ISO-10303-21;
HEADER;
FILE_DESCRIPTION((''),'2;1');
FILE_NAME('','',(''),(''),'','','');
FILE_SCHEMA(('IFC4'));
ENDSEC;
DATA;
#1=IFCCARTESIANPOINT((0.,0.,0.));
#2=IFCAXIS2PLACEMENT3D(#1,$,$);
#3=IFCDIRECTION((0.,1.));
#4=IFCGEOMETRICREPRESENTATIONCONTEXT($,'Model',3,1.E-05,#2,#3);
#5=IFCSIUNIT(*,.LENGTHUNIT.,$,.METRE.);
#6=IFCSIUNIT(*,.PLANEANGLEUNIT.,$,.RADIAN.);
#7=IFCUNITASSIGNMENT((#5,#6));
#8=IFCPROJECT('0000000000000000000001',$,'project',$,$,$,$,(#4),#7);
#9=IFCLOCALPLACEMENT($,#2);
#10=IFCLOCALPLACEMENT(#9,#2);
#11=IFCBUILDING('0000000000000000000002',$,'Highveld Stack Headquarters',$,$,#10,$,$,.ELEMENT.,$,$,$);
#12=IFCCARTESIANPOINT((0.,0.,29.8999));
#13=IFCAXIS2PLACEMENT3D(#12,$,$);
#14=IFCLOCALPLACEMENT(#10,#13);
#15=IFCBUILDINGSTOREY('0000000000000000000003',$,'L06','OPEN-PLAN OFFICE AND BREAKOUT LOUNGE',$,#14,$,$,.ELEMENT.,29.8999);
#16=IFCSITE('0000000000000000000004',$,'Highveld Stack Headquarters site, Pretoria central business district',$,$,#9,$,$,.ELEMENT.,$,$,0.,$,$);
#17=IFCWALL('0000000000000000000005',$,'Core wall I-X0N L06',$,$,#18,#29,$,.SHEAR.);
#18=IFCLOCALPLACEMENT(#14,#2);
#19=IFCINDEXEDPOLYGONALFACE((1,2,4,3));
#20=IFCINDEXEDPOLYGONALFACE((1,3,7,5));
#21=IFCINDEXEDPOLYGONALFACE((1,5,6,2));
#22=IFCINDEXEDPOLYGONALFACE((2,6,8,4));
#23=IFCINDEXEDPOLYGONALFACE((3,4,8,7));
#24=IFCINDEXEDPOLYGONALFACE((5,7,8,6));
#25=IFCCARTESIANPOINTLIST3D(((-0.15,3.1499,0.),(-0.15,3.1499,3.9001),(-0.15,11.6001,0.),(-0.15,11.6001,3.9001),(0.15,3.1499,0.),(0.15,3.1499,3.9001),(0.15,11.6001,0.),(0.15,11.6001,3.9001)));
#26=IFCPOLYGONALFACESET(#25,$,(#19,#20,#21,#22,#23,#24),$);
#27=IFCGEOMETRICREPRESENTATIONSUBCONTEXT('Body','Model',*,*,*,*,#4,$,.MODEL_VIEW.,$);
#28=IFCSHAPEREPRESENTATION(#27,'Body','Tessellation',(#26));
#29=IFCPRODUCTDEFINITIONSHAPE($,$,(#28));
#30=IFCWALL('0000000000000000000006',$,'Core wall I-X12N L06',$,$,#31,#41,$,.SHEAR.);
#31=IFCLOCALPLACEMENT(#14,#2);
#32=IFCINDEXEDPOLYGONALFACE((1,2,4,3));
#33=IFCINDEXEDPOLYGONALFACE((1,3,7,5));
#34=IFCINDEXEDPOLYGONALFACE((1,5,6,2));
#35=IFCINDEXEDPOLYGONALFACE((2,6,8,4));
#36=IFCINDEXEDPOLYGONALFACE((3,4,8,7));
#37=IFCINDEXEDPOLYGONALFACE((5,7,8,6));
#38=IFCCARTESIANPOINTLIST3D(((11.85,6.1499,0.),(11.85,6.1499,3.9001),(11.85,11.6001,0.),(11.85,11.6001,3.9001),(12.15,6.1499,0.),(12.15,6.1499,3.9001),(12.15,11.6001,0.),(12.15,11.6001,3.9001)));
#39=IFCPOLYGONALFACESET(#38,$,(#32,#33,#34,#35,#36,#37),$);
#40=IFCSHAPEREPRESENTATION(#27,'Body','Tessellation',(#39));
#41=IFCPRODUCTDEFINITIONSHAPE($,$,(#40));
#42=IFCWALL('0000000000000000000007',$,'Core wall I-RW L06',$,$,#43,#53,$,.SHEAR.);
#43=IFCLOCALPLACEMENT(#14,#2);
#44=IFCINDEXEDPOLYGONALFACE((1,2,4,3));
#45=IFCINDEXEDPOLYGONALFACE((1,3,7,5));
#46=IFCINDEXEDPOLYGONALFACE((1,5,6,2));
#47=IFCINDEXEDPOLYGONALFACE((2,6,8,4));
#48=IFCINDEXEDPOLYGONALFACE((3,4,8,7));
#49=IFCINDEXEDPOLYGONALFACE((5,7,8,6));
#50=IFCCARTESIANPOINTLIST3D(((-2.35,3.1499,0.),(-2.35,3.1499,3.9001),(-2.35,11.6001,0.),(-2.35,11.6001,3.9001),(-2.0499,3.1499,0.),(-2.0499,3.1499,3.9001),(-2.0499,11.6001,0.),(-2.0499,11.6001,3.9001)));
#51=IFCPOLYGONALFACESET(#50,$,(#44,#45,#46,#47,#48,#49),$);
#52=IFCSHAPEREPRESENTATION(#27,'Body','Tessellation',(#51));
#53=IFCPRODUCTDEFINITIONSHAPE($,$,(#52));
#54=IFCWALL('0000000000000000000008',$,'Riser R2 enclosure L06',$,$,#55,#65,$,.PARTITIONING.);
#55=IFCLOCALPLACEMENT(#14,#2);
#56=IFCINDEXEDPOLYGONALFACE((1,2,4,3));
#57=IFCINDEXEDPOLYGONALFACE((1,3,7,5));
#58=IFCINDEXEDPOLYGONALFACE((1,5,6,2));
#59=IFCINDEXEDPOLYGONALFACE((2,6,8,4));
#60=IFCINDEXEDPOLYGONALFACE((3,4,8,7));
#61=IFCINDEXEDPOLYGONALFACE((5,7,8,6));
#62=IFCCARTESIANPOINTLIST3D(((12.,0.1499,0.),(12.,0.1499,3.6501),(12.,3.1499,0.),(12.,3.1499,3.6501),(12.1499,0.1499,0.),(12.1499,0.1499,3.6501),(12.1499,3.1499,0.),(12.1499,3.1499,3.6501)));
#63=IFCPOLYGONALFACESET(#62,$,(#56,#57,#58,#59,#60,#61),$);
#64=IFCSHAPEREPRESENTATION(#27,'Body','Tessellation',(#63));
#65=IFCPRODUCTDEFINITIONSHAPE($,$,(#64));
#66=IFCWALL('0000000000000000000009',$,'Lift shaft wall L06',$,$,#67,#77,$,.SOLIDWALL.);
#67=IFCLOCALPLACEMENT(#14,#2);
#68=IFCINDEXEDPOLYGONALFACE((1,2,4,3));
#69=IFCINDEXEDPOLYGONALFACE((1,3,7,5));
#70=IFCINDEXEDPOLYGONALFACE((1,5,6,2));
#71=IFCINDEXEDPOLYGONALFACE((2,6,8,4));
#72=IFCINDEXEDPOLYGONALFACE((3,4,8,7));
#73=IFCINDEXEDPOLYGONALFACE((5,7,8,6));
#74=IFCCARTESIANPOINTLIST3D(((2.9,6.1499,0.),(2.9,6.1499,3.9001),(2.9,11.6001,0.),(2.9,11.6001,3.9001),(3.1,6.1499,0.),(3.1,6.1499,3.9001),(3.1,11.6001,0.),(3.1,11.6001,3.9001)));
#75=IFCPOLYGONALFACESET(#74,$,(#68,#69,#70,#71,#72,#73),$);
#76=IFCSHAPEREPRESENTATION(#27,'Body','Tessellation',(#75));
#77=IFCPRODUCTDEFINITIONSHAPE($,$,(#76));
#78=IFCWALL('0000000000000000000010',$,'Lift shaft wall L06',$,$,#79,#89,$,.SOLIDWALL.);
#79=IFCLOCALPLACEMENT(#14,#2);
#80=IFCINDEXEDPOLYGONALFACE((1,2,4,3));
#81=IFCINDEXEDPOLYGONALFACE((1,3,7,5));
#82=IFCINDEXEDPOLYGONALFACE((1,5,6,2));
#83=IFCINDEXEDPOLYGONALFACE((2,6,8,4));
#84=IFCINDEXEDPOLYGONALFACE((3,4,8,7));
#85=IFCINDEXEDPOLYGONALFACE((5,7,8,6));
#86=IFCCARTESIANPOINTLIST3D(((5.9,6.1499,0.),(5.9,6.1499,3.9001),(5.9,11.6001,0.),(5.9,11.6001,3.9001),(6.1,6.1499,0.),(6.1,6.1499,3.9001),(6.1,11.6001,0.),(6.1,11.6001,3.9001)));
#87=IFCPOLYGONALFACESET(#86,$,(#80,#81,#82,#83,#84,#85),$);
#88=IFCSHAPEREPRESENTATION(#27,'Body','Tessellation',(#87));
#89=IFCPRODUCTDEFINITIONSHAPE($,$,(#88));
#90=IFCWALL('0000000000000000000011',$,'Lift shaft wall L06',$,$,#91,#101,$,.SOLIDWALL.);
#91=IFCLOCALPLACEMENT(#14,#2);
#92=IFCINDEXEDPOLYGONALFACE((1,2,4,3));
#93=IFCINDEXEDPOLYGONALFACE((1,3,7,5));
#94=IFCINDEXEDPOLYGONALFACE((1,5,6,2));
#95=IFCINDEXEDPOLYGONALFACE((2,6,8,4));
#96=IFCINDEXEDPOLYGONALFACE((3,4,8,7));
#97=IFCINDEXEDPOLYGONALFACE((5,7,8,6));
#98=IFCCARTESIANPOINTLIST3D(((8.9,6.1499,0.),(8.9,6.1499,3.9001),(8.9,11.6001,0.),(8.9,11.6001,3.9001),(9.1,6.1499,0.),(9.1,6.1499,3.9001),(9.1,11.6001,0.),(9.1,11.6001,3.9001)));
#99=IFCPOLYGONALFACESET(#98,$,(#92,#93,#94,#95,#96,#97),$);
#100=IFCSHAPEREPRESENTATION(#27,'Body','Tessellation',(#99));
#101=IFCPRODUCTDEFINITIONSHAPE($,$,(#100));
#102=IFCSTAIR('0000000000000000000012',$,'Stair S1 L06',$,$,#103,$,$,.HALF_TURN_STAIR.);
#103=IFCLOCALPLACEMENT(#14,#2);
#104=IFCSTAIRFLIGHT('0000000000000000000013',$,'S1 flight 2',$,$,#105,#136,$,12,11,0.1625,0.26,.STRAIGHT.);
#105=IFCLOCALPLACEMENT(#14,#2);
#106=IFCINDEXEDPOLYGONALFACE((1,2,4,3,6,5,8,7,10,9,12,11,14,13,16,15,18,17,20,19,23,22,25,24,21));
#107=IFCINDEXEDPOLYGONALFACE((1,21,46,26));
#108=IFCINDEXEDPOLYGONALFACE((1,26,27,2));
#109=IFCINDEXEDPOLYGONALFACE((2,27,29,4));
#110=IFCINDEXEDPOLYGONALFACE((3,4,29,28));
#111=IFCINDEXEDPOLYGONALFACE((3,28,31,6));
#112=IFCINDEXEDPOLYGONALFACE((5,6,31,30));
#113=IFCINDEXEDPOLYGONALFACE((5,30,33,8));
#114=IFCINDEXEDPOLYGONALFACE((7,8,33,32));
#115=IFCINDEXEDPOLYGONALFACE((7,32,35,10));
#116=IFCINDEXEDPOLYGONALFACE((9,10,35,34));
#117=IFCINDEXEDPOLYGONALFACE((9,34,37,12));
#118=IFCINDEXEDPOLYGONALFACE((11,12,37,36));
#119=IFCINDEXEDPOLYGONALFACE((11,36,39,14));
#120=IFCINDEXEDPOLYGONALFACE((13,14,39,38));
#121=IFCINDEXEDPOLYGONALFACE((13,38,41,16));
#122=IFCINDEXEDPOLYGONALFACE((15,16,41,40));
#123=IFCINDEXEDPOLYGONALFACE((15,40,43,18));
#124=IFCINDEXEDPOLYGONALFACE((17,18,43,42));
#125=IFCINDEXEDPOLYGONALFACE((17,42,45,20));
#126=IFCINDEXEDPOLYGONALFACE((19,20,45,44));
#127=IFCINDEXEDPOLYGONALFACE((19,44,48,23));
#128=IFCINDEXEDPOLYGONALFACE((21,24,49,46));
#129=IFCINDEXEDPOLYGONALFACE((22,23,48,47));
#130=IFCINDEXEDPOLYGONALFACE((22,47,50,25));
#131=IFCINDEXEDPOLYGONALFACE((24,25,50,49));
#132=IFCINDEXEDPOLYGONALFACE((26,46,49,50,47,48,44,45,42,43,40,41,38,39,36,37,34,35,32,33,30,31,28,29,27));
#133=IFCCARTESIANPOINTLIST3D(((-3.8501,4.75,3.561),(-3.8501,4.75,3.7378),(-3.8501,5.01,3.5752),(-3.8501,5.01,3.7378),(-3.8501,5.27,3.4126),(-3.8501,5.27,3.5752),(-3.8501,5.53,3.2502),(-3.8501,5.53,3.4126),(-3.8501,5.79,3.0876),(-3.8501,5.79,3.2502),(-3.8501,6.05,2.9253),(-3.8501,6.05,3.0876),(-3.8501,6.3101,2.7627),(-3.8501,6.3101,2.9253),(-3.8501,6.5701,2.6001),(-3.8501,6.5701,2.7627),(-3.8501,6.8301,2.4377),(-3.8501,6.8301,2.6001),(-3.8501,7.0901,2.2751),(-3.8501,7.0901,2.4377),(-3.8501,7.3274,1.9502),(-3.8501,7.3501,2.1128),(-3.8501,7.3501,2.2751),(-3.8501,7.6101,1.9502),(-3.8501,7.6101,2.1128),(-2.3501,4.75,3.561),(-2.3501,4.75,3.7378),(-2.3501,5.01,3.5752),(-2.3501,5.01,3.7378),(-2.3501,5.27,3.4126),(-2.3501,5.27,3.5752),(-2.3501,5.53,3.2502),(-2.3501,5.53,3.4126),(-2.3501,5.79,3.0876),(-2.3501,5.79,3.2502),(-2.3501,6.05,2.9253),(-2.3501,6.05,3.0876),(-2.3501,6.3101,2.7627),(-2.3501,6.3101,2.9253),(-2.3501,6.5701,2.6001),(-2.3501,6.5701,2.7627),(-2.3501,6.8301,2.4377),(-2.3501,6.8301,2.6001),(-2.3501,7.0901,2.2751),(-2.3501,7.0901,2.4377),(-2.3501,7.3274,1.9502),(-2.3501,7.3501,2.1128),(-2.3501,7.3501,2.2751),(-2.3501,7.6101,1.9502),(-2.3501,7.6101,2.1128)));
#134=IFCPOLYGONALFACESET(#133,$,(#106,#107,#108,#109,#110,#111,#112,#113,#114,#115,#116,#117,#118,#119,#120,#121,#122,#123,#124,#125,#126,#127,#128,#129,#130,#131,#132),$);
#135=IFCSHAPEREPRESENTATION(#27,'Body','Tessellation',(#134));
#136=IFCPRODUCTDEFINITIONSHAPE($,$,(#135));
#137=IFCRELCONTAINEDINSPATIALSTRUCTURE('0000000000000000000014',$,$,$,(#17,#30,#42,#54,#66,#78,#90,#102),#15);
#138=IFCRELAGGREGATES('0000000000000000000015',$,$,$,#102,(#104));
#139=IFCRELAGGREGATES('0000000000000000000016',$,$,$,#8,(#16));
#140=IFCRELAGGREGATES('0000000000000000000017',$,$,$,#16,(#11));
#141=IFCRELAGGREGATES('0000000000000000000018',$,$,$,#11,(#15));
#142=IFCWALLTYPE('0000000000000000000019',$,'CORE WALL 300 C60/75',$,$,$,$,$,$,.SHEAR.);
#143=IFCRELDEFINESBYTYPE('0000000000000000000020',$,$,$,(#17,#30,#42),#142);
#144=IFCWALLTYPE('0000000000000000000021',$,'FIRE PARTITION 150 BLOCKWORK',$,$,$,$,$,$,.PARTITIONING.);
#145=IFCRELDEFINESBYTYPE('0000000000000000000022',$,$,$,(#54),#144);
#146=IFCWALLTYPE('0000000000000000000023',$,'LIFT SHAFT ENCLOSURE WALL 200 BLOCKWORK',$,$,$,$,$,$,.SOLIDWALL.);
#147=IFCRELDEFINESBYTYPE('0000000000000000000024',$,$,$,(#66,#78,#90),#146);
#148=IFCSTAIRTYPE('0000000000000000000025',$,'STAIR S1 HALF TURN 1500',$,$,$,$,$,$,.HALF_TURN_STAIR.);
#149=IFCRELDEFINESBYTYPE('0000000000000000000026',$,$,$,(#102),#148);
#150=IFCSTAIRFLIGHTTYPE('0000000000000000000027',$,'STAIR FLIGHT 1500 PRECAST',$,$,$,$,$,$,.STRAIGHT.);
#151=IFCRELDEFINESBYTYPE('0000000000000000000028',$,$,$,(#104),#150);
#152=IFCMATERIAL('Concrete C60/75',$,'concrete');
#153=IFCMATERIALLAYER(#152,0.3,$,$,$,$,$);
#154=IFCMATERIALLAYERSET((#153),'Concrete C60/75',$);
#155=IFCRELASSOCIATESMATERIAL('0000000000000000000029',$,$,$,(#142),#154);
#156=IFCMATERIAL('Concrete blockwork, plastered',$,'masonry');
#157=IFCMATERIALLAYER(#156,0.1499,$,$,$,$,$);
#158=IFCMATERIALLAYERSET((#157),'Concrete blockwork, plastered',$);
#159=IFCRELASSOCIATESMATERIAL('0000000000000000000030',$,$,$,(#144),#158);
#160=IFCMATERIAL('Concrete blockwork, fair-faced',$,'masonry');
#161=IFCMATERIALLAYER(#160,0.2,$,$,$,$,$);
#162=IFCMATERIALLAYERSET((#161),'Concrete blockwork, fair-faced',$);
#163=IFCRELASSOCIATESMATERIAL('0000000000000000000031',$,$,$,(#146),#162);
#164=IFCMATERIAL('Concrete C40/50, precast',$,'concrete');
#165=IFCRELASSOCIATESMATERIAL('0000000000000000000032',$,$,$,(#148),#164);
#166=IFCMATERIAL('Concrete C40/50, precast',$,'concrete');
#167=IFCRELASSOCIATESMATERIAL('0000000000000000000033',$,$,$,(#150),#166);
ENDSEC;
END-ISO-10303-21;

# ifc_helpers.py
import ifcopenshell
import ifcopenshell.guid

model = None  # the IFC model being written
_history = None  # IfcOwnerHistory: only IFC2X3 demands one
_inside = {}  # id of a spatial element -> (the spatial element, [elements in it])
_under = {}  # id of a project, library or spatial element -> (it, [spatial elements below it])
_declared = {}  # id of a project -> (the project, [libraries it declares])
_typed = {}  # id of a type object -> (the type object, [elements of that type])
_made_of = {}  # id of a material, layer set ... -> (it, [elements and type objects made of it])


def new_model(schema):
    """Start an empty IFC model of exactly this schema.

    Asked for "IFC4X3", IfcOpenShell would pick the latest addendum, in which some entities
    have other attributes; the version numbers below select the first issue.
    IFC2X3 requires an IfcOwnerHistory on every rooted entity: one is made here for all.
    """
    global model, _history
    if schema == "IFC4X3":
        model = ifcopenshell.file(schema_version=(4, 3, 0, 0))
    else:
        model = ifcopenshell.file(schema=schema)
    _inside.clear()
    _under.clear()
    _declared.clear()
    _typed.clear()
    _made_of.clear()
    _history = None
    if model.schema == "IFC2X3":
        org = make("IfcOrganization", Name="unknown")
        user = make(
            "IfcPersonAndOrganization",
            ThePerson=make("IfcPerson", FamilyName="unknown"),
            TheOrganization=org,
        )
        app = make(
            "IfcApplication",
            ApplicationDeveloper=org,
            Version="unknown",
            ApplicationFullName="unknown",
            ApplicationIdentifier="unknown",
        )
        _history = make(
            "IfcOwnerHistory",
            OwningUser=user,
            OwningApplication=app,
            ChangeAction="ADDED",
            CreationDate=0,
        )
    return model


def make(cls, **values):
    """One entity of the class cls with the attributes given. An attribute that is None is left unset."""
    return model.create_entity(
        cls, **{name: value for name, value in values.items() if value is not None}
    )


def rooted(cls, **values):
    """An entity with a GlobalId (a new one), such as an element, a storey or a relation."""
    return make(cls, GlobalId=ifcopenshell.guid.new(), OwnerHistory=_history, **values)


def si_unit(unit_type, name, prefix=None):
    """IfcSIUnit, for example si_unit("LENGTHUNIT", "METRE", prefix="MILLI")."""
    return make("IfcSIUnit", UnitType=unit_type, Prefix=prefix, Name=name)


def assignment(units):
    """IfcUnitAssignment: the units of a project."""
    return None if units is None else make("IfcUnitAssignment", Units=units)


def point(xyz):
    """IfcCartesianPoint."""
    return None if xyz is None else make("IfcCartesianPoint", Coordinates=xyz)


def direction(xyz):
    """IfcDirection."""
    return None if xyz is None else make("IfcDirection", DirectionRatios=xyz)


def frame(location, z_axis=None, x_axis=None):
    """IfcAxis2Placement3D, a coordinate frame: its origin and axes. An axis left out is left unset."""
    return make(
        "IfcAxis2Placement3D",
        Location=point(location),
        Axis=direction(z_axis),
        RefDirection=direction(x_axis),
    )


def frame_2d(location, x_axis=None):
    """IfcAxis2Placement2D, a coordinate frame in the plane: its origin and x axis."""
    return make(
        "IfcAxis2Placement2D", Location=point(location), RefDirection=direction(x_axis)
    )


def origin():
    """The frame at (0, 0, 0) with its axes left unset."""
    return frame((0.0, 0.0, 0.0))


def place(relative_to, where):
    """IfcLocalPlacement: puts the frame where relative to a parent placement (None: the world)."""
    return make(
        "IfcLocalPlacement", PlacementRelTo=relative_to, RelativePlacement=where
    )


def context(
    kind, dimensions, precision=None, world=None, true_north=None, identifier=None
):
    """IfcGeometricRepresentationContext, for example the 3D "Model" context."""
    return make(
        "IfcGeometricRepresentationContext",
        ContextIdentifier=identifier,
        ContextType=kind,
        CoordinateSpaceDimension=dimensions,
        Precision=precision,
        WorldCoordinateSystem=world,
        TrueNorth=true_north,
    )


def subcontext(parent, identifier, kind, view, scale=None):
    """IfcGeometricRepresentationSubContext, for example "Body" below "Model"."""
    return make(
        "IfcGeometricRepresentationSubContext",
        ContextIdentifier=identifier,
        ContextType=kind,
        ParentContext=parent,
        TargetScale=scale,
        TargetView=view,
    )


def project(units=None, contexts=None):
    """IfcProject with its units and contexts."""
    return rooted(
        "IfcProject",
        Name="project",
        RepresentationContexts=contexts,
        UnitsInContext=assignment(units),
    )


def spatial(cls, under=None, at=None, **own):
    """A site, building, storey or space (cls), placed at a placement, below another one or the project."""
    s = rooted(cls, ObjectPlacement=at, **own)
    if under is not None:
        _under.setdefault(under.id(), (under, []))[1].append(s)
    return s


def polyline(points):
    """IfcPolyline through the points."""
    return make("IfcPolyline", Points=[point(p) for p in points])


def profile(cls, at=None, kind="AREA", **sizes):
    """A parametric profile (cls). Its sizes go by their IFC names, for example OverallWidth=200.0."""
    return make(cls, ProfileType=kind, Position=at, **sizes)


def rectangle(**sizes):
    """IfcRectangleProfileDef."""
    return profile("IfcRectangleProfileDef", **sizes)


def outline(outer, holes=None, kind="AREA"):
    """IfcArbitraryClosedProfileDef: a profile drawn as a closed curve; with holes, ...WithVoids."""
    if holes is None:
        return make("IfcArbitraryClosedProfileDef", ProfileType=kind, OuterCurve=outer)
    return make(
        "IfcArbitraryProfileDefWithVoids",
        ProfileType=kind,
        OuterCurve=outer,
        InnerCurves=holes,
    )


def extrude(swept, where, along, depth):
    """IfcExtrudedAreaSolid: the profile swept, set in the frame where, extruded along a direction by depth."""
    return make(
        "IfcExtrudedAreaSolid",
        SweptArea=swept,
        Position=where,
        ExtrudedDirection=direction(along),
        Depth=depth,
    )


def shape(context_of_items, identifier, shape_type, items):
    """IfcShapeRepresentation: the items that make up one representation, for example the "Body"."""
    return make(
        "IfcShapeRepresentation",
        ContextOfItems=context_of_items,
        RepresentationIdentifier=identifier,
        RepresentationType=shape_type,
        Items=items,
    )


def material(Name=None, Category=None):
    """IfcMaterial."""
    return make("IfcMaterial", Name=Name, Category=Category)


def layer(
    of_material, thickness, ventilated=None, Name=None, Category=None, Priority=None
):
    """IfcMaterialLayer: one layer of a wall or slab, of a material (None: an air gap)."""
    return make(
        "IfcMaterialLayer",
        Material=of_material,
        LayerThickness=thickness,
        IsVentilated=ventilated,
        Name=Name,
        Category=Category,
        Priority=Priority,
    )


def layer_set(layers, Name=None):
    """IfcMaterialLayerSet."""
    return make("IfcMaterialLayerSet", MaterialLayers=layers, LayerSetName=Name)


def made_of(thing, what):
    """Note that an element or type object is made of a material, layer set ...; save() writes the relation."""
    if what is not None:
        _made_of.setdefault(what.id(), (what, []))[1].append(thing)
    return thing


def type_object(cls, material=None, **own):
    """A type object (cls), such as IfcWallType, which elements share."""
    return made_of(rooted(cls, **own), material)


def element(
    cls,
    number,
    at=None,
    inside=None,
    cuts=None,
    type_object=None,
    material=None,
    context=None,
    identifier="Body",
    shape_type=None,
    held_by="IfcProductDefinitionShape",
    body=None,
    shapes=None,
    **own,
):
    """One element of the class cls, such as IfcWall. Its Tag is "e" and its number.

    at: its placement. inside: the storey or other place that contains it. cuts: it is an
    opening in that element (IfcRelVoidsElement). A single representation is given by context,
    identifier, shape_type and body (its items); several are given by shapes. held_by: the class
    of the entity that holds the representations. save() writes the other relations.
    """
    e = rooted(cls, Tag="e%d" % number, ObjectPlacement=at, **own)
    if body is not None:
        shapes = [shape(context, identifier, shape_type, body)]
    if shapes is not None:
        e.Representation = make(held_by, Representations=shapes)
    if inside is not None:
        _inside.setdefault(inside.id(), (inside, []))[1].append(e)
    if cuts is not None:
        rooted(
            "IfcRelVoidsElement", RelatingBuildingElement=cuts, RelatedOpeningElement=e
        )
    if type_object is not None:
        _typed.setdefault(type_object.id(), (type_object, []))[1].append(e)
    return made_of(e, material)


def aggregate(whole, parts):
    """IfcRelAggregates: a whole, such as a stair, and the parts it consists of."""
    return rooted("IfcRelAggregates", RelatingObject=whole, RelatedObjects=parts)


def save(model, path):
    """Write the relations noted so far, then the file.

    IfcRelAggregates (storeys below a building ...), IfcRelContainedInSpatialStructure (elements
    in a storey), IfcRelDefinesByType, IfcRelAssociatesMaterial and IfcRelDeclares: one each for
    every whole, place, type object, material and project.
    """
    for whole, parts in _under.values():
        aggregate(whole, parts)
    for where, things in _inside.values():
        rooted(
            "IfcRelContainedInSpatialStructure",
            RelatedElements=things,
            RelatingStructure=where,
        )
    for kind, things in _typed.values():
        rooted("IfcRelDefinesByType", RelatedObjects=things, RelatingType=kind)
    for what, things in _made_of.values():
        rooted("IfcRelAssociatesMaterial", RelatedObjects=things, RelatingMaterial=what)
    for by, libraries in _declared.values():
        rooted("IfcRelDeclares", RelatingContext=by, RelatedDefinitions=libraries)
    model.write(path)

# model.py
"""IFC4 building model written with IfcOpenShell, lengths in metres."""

from ifc_helpers import new_model, si_unit, direction, frame, frame_2d, origin, place, context, subcontext, project, spatial, polyline, rectangle, outline, extrude, material, layer, layer_set, type_object, element, aggregate, save


model = new_model("IFC4")

# Units and contexts
model_context = context("Model", 3, precision=1e-05, world=origin(), true_north=direction((0.0, 1.0)))
body_context = subcontext(model_context, "Body", "Model", "MODEL_VIEW")
ifc_project = project(units=[si_unit("LENGTHUNIT", "METRE"), si_unit("PLANEANGLEUNIT", "RADIAN")], contexts=[model_context])

# Site, building, storey
site_placement = place(None, origin())
site = spatial("IfcSite", under=ifc_project, at=site_placement, Name="Highveld Stack Headquarters site, Pretoria central business district", CompositionType="ELEMENT", RefElevation=0.0)
building_placement = place(site_placement, origin())
building = spatial("IfcBuilding", under=site, at=building_placement, Name="Highveld Stack Headquarters", CompositionType="ELEMENT")
storey_placement = place(building_placement, frame((0.0, 0.0, 29.8999)))
storey = spatial("IfcBuildingStorey", under=building, at=storey_placement, Name="L06", Description="OPEN-PLAN OFFICE AND BREAKOUT LOUNGE", CompositionType="ELEMENT", Elevation=29.8999)

# Shared definitions
ifc_material_1 = material(Name="Concrete C60/75", Category="concrete")
ifc_layer_1 = layer(ifc_material_1, 0.3)
ifc_layer_set_1 = layer_set([ifc_layer_1], Name="Concrete C60/75")
wall_type_1 = type_object("IfcWallType", Name="CORE WALL 300 C60/75", PredefinedType="SHEAR", material=ifc_layer_set_1)

# Walls
wall_1_placement = place(storey_placement, frame((0.0, 3.1499, 0.0), z_axis=(0.0, 0.0, 1.0), x_axis=(0.0, 1.0, 0.0)))
element("IfcWall", 1, at=wall_1_placement, inside=storey, type_object=wall_type_1, Name="Core wall I-X0N L06", PredefinedType="SHEAR", context=body_context, shape_type="SweptSolid", body=[
    extrude(rectangle(XDim=8.4502, YDim=0.3, at=frame_2d((4.2251, 0.0))), origin(), (0.0, 0.0, 1.0), 3.9001),
])
wall_2_placement = place(storey_placement, frame((12.0, 6.1499, 0.0), z_axis=(0.0, 0.0, 1.0), x_axis=(0.0, 1.0, 0.0)))
element("IfcWall", 2, at=wall_2_placement, inside=storey, type_object=wall_type_1, Name="Core wall I-X12N L06", PredefinedType="SHEAR", context=body_context, shape_type="SweptSolid", body=[
    extrude(rectangle(XDim=5.4502, YDim=0.3, at=frame_2d((2.7251, 0.0))), origin(), (0.0, 0.0, 1.0), 3.9001),
])
wall_3_placement = place(storey_placement, frame((-2.2, 3.1499, 0.0), z_axis=(0.0, 0.0, 1.0), x_axis=(0.0, 1.0, 0.0)))
element("IfcWall", 3, at=wall_3_placement, inside=storey, type_object=wall_type_1, Name="Core wall I-RW L06", PredefinedType="SHEAR", context=body_context, shape_type="SweptSolid", body=[
    extrude(rectangle(XDim=8.4502, YDim=0.3, at=frame_2d((4.2251, 0.0))), origin(), (0.0, 0.0, 1.0), 3.9001),
])
ifc_material_2 = material(Name="Concrete blockwork, plastered", Category="masonry")
ifc_layer_2 = layer(ifc_material_2, 0.1499)
ifc_layer_set_2 = layer_set([ifc_layer_2], Name="Concrete blockwork, plastered")
wall_type_2 = type_object("IfcWallType", Name="FIRE PARTITION 150 BLOCKWORK", PredefinedType="PARTITIONING", material=ifc_layer_set_2)
wall_4_placement = place(storey_placement, frame((12.075, 0.1499, 0.0), z_axis=(0.0, 0.0, 1.0), x_axis=(0.0, 1.0, 0.0)))
element("IfcWall", 4, at=wall_4_placement, inside=storey, type_object=wall_type_2, Name="Riser R2 enclosure L06", PredefinedType="PARTITIONING", context=body_context, shape_type="SweptSolid", body=[
    extrude(rectangle(XDim=3.0, YDim=0.1499, at=frame_2d((1.5, 0.0))), origin(), (0.0, 0.0, 1.0), 3.6501),
])
ifc_material_3 = material(Name="Concrete blockwork, fair-faced", Category="masonry")
ifc_layer_3 = layer(ifc_material_3, 0.2)
ifc_layer_set_3 = layer_set([ifc_layer_3], Name="Concrete blockwork, fair-faced")
wall_type_3 = type_object("IfcWallType", Name="LIFT SHAFT ENCLOSURE WALL 200 BLOCKWORK", PredefinedType="SOLIDWALL", material=ifc_layer_set_3)
for number, where, z_axis, x_axis, name in (
    (5, (3.0, 6.1499, 0.0), (0.0, 0.0, 1.0), (0.0, 1.0, 0.0), "Lift shaft wall L06"),
    (6, (6.0, 6.1499, 0.0), (0.0, 0.0, 1.0), (0.0, 1.0, 0.0), "Lift shaft wall L06"),
    (7, (9.0, 6.1499, 0.0), (0.0, 0.0, 1.0), (0.0, 1.0, 0.0), "Lift shaft wall L06"),
):
    element("IfcWall", number, at=place(storey_placement, frame(where, z_axis=z_axis, x_axis=x_axis)), inside=storey, type_object=wall_type_3, Name=name, PredefinedType="SOLIDWALL", context=body_context, shape_type="SweptSolid", body=[
        extrude(rectangle(XDim=5.4502, YDim=0.2, at=frame_2d((2.7251, 0.0))), origin(), (0.0, 0.0, 1.0), 3.9001),
    ])

# Stair, stair flight
ifc_material_4 = material(Name="Concrete C40/50, precast", Category="concrete")
stair_type = type_object("IfcStairType", Name="STAIR S1 HALF TURN 1500", PredefinedType="HALF_TURN_STAIR", material=ifc_material_4)
stair_placement = place(storey_placement, origin())
stair = element("IfcStair", 8, at=stair_placement, inside=storey, type_object=stair_type, Name="Stair S1 L06", PredefinedType="HALF_TURN_STAIR")
ifc_material_5 = material(Name="Concrete C40/50, precast", Category="concrete")
stair_flight_type = type_object("IfcStairFlightType", Name="STAIR FLIGHT 1500 PRECAST", PredefinedType="STRAIGHT", material=ifc_material_5)
stair_flight_placement = place(storey_placement, frame((-3.1001, 7.6101, 1.9502), z_axis=(0.0, 0.0, 1.0), x_axis=(0.0, -1.0, 0.0)))
stair_flight = element("IfcStairFlight", 9, at=stair_flight_placement, type_object=stair_flight_type, Name="S1 flight 2", NumberOfRisers=12, NumberOfTreads=11, PredefinedType="STRAIGHT", RiserHeight=0.1625, TreadLength=0.26, context=body_context, shape_type="SweptSolid", body=[
    extrude(outline(polyline([(0.0, 0.0), (0.0, 0.1626), (0.26, 0.1626), (0.26, 0.325), (0.52, 0.325), (0.52, 0.4875), (0.78, 0.4875), (0.78, 0.6499), (1.04, 0.6499), (1.04, 0.8125), (1.3, 0.8125), (1.3, 0.9751), (1.5601, 0.9751), (1.5601, 1.1375), (1.8201, 1.1375), (1.8201, 1.3), (2.0801, 1.3), (2.0801, 1.4624), (2.3401, 1.4624), (2.3401, 1.625), (2.6001, 1.625), (2.6001, 1.7876), (2.8601, 1.7876), (2.8601, 1.95), (2.8601, 1.6108), (0.2827, 0.0), (0.0, 0.0)])), frame((0.0, 0.75, 0.0), z_axis=(0.0, -1.0, 0.0), x_axis=(1.0, 0.0, 0.0)), (0.0, 0.0, 1.0), 1.5),
])
aggregate(stair, [stair_flight])

save(model, "model.ifc")
